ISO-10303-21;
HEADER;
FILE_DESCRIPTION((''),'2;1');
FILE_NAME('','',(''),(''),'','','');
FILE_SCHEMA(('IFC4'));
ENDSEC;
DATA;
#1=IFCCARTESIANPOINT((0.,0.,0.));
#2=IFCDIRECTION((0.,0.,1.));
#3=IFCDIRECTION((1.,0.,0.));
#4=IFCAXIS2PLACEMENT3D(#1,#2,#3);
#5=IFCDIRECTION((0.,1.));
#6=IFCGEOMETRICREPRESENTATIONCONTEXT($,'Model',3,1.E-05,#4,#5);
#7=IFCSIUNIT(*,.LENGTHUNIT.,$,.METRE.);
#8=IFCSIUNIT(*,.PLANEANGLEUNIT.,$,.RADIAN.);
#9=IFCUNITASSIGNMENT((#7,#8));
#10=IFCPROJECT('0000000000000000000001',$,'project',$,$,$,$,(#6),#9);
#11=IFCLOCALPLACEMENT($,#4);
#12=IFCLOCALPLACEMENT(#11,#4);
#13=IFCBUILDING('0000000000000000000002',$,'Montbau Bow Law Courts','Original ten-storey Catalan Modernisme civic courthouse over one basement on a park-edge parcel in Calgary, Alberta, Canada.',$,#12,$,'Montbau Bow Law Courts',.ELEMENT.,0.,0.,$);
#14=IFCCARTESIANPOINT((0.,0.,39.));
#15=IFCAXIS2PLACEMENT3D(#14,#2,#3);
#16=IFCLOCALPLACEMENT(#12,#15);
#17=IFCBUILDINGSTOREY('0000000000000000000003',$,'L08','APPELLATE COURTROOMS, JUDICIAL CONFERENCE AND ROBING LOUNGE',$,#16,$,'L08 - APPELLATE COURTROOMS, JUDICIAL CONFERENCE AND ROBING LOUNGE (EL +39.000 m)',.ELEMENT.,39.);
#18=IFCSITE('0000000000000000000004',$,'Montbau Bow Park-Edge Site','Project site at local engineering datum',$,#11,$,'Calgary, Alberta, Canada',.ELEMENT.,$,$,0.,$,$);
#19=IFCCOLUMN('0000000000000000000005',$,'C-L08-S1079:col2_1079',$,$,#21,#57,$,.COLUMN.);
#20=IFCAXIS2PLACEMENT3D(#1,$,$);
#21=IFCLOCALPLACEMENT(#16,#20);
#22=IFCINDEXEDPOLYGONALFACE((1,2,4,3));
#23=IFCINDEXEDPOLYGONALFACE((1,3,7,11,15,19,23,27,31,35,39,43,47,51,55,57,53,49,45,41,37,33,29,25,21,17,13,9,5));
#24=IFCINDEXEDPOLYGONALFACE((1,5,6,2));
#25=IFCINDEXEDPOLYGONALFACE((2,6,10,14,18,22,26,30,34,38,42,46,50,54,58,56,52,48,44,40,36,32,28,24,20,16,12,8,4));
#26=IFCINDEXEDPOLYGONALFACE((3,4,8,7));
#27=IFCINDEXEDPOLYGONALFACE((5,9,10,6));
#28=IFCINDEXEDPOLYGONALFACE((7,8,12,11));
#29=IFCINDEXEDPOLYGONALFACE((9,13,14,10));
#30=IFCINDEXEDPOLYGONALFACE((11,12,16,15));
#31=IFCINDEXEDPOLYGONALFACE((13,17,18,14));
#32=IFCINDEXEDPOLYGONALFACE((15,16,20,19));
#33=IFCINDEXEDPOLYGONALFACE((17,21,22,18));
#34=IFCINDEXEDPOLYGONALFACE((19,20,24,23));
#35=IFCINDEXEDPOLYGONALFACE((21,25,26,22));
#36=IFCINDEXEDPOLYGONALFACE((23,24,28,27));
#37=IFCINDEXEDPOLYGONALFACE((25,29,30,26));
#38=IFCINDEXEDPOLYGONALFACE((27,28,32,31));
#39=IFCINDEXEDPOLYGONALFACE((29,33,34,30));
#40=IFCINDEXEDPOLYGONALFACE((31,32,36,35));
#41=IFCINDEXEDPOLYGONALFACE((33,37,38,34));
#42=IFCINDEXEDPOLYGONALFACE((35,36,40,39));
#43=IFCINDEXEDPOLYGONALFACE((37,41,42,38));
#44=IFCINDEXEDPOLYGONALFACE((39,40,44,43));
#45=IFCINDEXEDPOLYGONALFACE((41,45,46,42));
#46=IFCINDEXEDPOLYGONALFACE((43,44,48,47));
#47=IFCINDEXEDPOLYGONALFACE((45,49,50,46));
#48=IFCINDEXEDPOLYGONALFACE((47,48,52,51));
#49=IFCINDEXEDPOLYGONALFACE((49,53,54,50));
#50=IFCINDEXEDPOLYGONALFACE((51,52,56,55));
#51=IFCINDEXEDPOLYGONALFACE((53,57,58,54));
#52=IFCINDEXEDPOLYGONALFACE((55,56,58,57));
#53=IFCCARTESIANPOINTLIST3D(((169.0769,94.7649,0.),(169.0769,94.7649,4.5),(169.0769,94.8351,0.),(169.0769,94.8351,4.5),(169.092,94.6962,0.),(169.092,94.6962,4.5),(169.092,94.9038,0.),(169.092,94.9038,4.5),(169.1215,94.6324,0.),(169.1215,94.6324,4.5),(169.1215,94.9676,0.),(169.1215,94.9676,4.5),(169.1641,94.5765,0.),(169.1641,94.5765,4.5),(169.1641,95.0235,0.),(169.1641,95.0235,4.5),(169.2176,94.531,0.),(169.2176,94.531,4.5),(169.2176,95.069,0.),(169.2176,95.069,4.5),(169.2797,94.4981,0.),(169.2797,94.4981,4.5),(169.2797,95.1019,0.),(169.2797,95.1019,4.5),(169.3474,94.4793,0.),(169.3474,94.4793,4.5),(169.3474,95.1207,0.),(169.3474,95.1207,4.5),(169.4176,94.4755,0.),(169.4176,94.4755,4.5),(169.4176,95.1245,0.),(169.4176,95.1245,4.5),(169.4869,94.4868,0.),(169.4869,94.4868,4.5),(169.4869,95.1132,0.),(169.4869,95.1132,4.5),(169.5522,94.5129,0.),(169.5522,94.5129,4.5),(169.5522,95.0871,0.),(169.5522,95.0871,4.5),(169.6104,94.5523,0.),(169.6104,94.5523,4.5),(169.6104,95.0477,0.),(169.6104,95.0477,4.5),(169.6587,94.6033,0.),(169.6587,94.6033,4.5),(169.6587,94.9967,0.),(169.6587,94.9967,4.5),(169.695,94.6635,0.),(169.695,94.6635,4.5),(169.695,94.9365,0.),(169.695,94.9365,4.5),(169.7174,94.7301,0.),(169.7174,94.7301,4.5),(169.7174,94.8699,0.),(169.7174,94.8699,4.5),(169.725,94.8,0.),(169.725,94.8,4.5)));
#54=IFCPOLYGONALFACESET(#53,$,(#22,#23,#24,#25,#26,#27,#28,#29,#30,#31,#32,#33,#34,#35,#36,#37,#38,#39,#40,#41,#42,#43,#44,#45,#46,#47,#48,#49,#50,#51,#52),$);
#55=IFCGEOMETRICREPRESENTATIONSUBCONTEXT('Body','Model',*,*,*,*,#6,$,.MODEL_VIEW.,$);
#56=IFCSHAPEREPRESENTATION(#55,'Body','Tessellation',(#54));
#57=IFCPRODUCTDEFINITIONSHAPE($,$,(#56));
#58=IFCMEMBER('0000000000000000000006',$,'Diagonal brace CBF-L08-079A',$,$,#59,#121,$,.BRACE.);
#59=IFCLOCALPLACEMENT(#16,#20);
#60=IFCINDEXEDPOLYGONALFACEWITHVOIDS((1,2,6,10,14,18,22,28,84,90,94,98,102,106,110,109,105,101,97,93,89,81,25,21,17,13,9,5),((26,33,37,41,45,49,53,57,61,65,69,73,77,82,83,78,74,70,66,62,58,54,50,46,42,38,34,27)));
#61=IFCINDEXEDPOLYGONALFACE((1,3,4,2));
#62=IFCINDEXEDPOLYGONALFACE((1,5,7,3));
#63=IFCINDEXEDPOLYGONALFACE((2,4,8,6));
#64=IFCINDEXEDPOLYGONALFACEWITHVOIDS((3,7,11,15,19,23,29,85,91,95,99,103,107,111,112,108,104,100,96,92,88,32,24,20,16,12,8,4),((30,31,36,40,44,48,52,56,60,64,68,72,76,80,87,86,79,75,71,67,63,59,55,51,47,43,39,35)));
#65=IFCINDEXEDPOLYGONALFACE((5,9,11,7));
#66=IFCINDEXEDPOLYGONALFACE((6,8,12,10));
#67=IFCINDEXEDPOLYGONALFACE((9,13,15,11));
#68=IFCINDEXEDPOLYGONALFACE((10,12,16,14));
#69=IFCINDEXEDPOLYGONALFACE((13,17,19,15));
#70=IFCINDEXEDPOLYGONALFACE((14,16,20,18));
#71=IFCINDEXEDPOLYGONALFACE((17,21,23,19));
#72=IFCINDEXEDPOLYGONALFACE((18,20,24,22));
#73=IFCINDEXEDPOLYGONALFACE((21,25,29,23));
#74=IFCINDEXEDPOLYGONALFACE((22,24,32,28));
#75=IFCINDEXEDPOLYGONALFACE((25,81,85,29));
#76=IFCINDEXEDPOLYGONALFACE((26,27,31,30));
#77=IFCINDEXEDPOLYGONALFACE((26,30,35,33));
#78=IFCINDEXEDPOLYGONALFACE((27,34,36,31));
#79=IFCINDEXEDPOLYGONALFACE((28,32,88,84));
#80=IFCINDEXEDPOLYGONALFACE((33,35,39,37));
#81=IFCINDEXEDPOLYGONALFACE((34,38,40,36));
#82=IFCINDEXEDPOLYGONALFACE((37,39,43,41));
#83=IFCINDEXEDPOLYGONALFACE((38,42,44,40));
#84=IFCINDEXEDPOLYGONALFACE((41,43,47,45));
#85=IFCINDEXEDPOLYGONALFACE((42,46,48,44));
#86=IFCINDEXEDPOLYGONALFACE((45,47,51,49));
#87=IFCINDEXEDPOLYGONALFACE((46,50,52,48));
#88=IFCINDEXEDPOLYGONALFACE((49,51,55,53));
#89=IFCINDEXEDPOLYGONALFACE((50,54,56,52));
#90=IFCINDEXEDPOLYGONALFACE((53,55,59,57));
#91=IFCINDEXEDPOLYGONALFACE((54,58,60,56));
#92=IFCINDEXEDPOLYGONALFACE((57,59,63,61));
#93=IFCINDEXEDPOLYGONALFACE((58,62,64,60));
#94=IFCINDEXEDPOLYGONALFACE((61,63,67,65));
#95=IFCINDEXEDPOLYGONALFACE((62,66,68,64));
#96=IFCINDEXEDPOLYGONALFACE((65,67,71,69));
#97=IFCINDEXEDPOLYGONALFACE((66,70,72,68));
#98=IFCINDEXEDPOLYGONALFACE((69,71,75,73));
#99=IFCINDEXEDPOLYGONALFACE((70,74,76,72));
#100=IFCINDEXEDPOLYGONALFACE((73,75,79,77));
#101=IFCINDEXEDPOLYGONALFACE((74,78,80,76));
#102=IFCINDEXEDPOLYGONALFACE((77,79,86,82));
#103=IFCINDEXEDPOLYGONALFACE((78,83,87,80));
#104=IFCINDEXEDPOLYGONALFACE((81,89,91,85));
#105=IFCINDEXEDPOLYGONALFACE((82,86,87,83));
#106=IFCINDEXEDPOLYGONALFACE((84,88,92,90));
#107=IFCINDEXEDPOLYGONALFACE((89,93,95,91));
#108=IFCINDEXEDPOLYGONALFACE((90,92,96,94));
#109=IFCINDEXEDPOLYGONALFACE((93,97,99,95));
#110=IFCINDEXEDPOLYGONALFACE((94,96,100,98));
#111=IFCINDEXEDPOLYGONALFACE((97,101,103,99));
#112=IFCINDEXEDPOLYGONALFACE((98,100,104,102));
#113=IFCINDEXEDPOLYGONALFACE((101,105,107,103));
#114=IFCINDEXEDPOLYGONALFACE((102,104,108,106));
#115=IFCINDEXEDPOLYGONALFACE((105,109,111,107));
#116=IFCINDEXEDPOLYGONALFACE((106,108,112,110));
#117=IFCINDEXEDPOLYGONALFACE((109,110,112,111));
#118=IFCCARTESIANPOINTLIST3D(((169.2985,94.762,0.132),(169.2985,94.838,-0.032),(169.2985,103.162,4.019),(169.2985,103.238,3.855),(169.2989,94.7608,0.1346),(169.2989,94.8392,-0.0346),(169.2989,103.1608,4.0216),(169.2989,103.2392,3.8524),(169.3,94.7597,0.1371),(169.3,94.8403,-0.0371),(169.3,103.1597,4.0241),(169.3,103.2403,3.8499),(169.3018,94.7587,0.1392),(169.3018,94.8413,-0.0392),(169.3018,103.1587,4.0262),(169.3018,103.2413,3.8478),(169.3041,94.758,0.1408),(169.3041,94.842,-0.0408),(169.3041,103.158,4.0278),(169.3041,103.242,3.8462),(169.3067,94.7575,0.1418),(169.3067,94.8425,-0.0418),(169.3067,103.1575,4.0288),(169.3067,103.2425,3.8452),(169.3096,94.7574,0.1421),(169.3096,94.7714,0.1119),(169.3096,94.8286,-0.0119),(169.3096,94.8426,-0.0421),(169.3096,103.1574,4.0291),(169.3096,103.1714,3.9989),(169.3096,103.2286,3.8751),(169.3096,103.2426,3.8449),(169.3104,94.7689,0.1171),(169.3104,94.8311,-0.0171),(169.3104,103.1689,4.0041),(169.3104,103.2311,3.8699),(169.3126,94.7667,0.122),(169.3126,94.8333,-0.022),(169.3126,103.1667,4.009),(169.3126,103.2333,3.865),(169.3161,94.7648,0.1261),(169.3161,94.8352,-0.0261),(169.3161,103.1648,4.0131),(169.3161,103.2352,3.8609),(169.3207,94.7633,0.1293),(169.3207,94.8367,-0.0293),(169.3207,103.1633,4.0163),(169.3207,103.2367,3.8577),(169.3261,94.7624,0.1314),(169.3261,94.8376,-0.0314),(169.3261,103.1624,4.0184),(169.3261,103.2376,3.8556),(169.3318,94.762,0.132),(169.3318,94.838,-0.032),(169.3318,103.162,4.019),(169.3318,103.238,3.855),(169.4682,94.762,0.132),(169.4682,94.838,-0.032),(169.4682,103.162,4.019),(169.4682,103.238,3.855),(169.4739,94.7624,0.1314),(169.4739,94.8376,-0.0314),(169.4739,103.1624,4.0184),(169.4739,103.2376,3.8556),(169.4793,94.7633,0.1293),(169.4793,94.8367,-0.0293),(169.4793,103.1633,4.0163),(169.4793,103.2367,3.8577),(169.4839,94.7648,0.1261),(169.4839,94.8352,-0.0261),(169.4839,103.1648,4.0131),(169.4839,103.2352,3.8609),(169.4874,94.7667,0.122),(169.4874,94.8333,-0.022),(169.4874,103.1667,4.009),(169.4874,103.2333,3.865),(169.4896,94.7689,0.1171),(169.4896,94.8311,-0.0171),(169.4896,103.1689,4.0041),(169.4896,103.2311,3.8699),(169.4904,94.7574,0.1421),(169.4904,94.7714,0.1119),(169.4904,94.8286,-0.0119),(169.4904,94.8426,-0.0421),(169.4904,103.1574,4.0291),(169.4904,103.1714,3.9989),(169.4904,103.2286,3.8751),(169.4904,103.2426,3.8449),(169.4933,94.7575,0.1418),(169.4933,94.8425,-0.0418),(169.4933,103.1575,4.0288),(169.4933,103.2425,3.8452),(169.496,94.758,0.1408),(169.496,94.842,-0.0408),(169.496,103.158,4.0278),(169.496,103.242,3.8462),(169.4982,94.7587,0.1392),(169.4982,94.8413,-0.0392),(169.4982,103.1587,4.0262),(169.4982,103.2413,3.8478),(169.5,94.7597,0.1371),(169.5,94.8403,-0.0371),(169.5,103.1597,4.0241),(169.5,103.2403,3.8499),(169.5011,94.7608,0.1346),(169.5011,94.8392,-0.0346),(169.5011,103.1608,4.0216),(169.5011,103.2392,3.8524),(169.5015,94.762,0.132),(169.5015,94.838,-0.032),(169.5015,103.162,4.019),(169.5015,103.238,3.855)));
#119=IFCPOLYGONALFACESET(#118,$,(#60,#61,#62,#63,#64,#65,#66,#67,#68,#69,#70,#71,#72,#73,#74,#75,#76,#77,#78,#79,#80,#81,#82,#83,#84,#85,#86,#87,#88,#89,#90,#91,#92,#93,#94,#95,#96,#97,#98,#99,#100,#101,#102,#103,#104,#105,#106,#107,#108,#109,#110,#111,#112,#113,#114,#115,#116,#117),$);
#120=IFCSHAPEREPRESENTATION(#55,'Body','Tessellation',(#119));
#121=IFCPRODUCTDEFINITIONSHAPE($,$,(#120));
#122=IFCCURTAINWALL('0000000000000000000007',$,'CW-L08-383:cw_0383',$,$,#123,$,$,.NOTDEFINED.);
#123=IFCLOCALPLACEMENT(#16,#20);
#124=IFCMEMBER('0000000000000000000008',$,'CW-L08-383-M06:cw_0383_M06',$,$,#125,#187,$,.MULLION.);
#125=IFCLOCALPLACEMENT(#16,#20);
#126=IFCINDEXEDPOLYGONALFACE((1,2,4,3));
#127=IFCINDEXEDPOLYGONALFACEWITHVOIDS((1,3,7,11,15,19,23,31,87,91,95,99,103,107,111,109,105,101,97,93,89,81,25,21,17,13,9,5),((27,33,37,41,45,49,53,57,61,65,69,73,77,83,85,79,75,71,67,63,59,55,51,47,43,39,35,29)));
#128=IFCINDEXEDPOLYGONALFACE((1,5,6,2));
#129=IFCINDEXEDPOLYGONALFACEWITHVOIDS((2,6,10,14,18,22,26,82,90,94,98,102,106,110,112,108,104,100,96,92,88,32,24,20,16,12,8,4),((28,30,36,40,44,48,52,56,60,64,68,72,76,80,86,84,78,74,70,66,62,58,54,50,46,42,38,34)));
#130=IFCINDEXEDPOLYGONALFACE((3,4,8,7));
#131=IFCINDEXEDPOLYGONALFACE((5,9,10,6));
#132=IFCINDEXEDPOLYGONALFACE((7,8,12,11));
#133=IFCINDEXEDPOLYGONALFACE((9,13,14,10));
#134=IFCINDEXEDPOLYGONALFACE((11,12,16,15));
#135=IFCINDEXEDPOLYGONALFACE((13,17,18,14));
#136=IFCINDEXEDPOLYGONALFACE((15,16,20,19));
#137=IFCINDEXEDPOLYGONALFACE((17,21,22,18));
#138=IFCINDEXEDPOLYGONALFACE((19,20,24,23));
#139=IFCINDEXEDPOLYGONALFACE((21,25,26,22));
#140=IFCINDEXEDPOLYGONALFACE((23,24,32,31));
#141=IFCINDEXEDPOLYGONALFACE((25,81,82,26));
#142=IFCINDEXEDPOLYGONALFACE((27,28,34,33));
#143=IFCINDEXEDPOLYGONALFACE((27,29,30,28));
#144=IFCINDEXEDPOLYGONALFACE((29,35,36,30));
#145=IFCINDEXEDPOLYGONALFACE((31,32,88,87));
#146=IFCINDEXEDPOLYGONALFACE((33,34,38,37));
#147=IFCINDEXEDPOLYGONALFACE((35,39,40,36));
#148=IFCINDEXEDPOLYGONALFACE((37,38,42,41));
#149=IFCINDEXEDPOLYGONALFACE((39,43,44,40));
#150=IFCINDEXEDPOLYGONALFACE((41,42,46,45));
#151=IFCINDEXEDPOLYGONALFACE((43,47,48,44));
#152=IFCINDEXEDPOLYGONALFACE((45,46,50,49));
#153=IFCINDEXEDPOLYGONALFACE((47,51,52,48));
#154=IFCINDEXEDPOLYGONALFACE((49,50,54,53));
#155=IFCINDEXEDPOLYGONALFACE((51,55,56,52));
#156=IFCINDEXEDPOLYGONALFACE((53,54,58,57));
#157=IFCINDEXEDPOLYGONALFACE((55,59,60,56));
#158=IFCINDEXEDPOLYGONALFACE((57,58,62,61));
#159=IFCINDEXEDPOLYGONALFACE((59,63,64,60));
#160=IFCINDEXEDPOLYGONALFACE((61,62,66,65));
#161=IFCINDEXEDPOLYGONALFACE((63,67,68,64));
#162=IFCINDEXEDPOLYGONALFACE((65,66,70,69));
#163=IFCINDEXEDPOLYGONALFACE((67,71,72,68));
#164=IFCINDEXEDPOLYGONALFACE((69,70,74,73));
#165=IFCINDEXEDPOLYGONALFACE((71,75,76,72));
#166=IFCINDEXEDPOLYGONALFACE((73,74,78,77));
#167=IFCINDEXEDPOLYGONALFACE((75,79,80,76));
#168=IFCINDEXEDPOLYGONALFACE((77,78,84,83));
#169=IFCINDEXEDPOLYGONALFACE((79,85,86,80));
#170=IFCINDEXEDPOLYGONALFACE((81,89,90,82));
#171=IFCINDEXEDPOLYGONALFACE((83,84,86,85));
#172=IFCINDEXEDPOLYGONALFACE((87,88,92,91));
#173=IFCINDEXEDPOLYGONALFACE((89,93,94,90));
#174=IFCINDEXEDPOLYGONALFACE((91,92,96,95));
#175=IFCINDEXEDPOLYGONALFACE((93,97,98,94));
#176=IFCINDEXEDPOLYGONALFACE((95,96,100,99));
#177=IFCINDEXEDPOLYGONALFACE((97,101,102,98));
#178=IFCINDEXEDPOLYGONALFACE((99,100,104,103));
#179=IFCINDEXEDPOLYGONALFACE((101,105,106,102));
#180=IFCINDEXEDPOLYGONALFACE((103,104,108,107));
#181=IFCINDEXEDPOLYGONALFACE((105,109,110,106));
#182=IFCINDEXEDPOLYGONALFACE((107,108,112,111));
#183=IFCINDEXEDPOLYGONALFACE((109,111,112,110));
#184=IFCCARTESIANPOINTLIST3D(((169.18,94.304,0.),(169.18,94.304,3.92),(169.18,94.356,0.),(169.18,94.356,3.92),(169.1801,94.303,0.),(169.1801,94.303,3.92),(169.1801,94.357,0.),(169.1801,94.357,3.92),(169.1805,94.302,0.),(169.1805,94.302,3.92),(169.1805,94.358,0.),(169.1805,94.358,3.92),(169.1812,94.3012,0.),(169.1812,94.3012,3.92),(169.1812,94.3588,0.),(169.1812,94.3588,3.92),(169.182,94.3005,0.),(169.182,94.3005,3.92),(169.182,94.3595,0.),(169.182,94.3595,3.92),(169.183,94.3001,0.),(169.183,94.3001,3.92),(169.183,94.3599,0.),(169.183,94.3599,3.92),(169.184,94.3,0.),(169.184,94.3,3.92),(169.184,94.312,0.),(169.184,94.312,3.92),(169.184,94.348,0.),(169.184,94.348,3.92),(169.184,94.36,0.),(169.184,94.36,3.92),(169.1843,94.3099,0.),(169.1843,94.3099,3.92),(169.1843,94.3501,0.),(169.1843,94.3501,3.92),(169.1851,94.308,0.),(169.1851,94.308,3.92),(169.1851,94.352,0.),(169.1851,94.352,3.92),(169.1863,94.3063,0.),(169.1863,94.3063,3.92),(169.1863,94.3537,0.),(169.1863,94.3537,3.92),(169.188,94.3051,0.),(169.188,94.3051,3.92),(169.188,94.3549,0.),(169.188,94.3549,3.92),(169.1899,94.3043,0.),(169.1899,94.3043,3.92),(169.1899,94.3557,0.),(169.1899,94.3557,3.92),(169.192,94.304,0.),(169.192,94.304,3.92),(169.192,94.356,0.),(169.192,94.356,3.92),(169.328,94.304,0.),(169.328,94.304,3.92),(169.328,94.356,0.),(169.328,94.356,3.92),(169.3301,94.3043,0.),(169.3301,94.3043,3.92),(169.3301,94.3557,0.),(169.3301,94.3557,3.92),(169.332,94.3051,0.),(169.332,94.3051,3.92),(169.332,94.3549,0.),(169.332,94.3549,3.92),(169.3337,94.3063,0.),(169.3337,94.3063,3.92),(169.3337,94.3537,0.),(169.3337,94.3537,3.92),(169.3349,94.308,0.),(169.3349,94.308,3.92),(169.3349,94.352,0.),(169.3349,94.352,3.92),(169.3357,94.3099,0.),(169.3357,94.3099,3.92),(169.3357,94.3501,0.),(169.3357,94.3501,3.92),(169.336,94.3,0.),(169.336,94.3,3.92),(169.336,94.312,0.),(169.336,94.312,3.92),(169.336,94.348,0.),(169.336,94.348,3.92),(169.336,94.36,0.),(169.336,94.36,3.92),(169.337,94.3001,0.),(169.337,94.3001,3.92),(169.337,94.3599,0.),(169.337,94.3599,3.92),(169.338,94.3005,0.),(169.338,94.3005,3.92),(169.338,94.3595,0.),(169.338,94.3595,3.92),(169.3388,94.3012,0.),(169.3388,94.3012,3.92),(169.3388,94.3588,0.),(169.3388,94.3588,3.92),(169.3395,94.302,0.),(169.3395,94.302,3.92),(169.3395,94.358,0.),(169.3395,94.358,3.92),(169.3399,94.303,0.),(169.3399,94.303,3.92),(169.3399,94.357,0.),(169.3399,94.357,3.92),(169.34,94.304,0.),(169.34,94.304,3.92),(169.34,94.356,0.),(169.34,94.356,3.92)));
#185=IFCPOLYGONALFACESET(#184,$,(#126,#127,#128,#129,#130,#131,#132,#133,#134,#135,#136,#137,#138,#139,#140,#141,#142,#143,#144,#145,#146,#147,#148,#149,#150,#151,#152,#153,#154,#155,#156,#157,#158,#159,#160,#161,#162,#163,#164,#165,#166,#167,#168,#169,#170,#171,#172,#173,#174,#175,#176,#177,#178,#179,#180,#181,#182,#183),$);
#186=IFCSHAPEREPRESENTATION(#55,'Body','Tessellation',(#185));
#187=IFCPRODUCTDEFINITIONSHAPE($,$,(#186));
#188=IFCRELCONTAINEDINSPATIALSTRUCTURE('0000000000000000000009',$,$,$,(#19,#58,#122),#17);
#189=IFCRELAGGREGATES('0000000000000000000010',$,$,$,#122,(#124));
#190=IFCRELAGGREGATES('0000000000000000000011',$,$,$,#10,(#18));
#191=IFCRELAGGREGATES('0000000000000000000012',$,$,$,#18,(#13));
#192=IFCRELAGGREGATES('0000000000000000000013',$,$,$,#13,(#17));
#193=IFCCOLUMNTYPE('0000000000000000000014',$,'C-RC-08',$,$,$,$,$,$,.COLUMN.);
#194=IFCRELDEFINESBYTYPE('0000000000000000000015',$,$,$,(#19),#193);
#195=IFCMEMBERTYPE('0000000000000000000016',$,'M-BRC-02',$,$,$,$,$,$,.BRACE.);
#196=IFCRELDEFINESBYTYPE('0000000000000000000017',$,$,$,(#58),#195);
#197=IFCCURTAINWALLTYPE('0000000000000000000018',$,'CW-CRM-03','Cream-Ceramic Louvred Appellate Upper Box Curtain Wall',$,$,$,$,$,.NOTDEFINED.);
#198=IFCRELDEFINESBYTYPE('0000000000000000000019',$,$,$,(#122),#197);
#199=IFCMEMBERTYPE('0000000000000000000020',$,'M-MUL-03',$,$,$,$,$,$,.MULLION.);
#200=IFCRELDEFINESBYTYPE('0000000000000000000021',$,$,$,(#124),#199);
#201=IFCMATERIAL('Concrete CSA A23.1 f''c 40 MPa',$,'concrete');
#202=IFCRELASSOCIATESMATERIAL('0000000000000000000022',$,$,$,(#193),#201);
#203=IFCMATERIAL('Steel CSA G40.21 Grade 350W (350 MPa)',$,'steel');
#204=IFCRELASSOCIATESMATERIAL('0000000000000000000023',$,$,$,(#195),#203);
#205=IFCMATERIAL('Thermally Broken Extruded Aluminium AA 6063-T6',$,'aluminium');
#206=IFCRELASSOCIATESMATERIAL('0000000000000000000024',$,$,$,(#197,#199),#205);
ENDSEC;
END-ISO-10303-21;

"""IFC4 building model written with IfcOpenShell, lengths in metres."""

from ifc_helpers import new_model, si_unit, direction, frame, origin_with_axes, origin_2d_with_axis, place, context, subcontext, project, spatial, hollow_rectangle, circle, extrude, material, material_profile, profile_set, type_object, element, aggregate, save


model = new_model("IFC4")

# Units and contexts
model_context = context("Model", 3, precision=1e-05, world=origin_with_axes(), true_north=direction((0.0, 1.0)))
body_context = subcontext(model_context, "Body", "Model", "MODEL_VIEW")
ifc_project = project(units=[si_unit("LENGTHUNIT", "METRE"), si_unit("PLANEANGLEUNIT", "RADIAN")], contexts=[model_context])

# Site, building, storey
site_placement = place(None, origin_with_axes())
site = spatial("IfcSite", under=ifc_project, at=site_placement, Name="Montbau Bow Park-Edge Site", Description="Project site at local engineering datum", LongName="Calgary, Alberta, Canada", CompositionType="ELEMENT", RefElevation=0.0)
building_placement = place(site_placement, origin_with_axes())
building = spatial("IfcBuilding", under=site, at=building_placement, Name="Montbau Bow Law Courts", Description="Original ten-storey Catalan Modernisme civic courthouse over one basement on a park-edge parcel in Calgary, Alberta, Canada.", LongName="Montbau Bow Law Courts", CompositionType="ELEMENT", ElevationOfRefHeight=0.0, ElevationOfTerrain=0.0)
storey_placement = place(building_placement, frame((0.0, 0.0, 39.0), z_axis=(0.0, 0.0, 1.0), x_axis=(1.0, 0.0, 0.0)))
storey = spatial("IfcBuildingStorey", under=building, at=storey_placement, Name="L08", Description="APPELLATE COURTROOMS, JUDICIAL CONFERENCE AND ROBING LOUNGE", LongName="L08 - APPELLATE COURTROOMS, JUDICIAL CONFERENCE AND ROBING LOUNGE (EL +39.000 m)", CompositionType="ELEMENT", Elevation=39.0)

# Column
ifc_material_1 = material(Name="Concrete CSA A23.1 f'c 40 MPa", Category="concrete")
ifc_material_profile_1 = material_profile(ifc_material_1, circle(Radius=0.325, at=origin_2d_with_axis()), Name="RC650D", Category="Main", Priority=0)
ifc_profile_set_1 = profile_set([ifc_material_profile_1], Name="Concrete CSA A23.1 f'c 40 MPa")
column_type = type_object("IfcColumnType", Name="C-RC-08", PredefinedType="COLUMN", material=ifc_profile_set_1)
column_placement = place(None, frame((169.4, 94.8, 39.0), z_axis=(0.0, 0.0, 1.0), x_axis=(1.0, 0.0, 0.0)))
element("IfcColumn", 1, at=column_placement, inside=storey, type_object=column_type, Name="C-L08-S1079:col2_1079", PredefinedType="COLUMN", context=body_context, shape_type="SweptSolid", body=[
    extrude(circle(Radius=0.325, at=origin_2d_with_axis()), origin_with_axes(), (0.0, 0.0, 1.0), 4.5),
])

# Member
ifc_material_2 = material(Name="Steel CSA G40.21 Grade 350W (350 MPa)", Category="steel")
ifc_material_profile_2 = material_profile(ifc_material_2, hollow_rectangle(XDim=0.203, YDim=0.203, WallThickness=0.0111, InnerFilletRadius=0.0222, OuterFilletRadius=0.0111, at=origin_2d_with_axis()), Name="HSS203X203X11", Category="Main", Priority=0)
ifc_profile_set_2 = profile_set([ifc_material_profile_2], Name="Steel CSA G40.21 Grade 350W (350 MPa)")
member_type_1 = type_object("IfcMemberType", Name="M-BRC-02", PredefinedType="BRACE", material=ifc_profile_set_2)
member_1_placement = place(None, frame((169.4, 94.8, 39.05), z_axis=(0.0, 0.907545, 0.419956), x_axis=(-1.0, 0.0, 0.0)))
element("IfcMember", 2, at=member_1_placement, inside=storey, type_object=member_type_1, Name="Diagonal brace CBF-L08-079A", PredefinedType="BRACE", context=body_context, shape_type="SweptSolid", body=[
    extrude(hollow_rectangle(XDim=0.203, YDim=0.203, WallThickness=0.0111, InnerFilletRadius=0.0222, OuterFilletRadius=0.0111, at=origin_2d_with_axis()), origin_with_axes(), (0.0, 0.0, 1.0), 9.2557),
])

# Curtain wall, member
ifc_material_3 = material(Name="Thermally Broken Extruded Aluminium AA 6063-T6", Category="aluminium")
curtain_wall_type = type_object("IfcCurtainWallType", Name="CW-CRM-03", Description="Cream-Ceramic Louvred Appellate Upper Box Curtain Wall", PredefinedType="NOTDEFINED", material=ifc_material_3)
curtain_wall_placement = place(None, frame((169.26, 86.915, 39.0), z_axis=(0.0, 0.0, 1.0), x_axis=(1.0, 0.0, 0.0)))
curtain_wall = element("IfcCurtainWall", 3, at=curtain_wall_placement, inside=storey, type_object=curtain_wall_type, Name="CW-L08-383:cw_0383", PredefinedType="NOTDEFINED")
ifc_material_profile_3 = material_profile(ifc_material_3, hollow_rectangle(XDim=0.06, YDim=0.16, WallThickness=0.004, InnerFilletRadius=0.008, OuterFilletRadius=0.004, at=origin_2d_with_axis()), Name="CWM-160X60", Category="Main", Priority=0)
ifc_profile_set_3 = profile_set([ifc_material_profile_3], Name="Thermally Broken Extruded Aluminium AA 6063-T6")
member_type_2 = type_object("IfcMemberType", Name="M-MUL-03", PredefinedType="MULLION", material=ifc_profile_set_3)
member_2_placement = place(None, frame((169.26, 94.33, 39.0), z_axis=(0.0, 0.0, 1.0), x_axis=(0.0, 1.0, 0.0)))
member_2 = element("IfcMember", 4, at=member_2_placement, type_object=member_type_2, Name="CW-L08-383-M06:cw_0383_M06", PredefinedType="MULLION", context=body_context, shape_type="SweptSolid", body=[
    extrude(hollow_rectangle(XDim=0.06, YDim=0.16, WallThickness=0.004, InnerFilletRadius=0.008, OuterFilletRadius=0.004, at=origin_2d_with_axis()), origin_with_axes(), (0.0, 0.0, 1.0), 3.92),
])
aggregate(curtain_wall, [member_2])

save(model, "model.ifc")
